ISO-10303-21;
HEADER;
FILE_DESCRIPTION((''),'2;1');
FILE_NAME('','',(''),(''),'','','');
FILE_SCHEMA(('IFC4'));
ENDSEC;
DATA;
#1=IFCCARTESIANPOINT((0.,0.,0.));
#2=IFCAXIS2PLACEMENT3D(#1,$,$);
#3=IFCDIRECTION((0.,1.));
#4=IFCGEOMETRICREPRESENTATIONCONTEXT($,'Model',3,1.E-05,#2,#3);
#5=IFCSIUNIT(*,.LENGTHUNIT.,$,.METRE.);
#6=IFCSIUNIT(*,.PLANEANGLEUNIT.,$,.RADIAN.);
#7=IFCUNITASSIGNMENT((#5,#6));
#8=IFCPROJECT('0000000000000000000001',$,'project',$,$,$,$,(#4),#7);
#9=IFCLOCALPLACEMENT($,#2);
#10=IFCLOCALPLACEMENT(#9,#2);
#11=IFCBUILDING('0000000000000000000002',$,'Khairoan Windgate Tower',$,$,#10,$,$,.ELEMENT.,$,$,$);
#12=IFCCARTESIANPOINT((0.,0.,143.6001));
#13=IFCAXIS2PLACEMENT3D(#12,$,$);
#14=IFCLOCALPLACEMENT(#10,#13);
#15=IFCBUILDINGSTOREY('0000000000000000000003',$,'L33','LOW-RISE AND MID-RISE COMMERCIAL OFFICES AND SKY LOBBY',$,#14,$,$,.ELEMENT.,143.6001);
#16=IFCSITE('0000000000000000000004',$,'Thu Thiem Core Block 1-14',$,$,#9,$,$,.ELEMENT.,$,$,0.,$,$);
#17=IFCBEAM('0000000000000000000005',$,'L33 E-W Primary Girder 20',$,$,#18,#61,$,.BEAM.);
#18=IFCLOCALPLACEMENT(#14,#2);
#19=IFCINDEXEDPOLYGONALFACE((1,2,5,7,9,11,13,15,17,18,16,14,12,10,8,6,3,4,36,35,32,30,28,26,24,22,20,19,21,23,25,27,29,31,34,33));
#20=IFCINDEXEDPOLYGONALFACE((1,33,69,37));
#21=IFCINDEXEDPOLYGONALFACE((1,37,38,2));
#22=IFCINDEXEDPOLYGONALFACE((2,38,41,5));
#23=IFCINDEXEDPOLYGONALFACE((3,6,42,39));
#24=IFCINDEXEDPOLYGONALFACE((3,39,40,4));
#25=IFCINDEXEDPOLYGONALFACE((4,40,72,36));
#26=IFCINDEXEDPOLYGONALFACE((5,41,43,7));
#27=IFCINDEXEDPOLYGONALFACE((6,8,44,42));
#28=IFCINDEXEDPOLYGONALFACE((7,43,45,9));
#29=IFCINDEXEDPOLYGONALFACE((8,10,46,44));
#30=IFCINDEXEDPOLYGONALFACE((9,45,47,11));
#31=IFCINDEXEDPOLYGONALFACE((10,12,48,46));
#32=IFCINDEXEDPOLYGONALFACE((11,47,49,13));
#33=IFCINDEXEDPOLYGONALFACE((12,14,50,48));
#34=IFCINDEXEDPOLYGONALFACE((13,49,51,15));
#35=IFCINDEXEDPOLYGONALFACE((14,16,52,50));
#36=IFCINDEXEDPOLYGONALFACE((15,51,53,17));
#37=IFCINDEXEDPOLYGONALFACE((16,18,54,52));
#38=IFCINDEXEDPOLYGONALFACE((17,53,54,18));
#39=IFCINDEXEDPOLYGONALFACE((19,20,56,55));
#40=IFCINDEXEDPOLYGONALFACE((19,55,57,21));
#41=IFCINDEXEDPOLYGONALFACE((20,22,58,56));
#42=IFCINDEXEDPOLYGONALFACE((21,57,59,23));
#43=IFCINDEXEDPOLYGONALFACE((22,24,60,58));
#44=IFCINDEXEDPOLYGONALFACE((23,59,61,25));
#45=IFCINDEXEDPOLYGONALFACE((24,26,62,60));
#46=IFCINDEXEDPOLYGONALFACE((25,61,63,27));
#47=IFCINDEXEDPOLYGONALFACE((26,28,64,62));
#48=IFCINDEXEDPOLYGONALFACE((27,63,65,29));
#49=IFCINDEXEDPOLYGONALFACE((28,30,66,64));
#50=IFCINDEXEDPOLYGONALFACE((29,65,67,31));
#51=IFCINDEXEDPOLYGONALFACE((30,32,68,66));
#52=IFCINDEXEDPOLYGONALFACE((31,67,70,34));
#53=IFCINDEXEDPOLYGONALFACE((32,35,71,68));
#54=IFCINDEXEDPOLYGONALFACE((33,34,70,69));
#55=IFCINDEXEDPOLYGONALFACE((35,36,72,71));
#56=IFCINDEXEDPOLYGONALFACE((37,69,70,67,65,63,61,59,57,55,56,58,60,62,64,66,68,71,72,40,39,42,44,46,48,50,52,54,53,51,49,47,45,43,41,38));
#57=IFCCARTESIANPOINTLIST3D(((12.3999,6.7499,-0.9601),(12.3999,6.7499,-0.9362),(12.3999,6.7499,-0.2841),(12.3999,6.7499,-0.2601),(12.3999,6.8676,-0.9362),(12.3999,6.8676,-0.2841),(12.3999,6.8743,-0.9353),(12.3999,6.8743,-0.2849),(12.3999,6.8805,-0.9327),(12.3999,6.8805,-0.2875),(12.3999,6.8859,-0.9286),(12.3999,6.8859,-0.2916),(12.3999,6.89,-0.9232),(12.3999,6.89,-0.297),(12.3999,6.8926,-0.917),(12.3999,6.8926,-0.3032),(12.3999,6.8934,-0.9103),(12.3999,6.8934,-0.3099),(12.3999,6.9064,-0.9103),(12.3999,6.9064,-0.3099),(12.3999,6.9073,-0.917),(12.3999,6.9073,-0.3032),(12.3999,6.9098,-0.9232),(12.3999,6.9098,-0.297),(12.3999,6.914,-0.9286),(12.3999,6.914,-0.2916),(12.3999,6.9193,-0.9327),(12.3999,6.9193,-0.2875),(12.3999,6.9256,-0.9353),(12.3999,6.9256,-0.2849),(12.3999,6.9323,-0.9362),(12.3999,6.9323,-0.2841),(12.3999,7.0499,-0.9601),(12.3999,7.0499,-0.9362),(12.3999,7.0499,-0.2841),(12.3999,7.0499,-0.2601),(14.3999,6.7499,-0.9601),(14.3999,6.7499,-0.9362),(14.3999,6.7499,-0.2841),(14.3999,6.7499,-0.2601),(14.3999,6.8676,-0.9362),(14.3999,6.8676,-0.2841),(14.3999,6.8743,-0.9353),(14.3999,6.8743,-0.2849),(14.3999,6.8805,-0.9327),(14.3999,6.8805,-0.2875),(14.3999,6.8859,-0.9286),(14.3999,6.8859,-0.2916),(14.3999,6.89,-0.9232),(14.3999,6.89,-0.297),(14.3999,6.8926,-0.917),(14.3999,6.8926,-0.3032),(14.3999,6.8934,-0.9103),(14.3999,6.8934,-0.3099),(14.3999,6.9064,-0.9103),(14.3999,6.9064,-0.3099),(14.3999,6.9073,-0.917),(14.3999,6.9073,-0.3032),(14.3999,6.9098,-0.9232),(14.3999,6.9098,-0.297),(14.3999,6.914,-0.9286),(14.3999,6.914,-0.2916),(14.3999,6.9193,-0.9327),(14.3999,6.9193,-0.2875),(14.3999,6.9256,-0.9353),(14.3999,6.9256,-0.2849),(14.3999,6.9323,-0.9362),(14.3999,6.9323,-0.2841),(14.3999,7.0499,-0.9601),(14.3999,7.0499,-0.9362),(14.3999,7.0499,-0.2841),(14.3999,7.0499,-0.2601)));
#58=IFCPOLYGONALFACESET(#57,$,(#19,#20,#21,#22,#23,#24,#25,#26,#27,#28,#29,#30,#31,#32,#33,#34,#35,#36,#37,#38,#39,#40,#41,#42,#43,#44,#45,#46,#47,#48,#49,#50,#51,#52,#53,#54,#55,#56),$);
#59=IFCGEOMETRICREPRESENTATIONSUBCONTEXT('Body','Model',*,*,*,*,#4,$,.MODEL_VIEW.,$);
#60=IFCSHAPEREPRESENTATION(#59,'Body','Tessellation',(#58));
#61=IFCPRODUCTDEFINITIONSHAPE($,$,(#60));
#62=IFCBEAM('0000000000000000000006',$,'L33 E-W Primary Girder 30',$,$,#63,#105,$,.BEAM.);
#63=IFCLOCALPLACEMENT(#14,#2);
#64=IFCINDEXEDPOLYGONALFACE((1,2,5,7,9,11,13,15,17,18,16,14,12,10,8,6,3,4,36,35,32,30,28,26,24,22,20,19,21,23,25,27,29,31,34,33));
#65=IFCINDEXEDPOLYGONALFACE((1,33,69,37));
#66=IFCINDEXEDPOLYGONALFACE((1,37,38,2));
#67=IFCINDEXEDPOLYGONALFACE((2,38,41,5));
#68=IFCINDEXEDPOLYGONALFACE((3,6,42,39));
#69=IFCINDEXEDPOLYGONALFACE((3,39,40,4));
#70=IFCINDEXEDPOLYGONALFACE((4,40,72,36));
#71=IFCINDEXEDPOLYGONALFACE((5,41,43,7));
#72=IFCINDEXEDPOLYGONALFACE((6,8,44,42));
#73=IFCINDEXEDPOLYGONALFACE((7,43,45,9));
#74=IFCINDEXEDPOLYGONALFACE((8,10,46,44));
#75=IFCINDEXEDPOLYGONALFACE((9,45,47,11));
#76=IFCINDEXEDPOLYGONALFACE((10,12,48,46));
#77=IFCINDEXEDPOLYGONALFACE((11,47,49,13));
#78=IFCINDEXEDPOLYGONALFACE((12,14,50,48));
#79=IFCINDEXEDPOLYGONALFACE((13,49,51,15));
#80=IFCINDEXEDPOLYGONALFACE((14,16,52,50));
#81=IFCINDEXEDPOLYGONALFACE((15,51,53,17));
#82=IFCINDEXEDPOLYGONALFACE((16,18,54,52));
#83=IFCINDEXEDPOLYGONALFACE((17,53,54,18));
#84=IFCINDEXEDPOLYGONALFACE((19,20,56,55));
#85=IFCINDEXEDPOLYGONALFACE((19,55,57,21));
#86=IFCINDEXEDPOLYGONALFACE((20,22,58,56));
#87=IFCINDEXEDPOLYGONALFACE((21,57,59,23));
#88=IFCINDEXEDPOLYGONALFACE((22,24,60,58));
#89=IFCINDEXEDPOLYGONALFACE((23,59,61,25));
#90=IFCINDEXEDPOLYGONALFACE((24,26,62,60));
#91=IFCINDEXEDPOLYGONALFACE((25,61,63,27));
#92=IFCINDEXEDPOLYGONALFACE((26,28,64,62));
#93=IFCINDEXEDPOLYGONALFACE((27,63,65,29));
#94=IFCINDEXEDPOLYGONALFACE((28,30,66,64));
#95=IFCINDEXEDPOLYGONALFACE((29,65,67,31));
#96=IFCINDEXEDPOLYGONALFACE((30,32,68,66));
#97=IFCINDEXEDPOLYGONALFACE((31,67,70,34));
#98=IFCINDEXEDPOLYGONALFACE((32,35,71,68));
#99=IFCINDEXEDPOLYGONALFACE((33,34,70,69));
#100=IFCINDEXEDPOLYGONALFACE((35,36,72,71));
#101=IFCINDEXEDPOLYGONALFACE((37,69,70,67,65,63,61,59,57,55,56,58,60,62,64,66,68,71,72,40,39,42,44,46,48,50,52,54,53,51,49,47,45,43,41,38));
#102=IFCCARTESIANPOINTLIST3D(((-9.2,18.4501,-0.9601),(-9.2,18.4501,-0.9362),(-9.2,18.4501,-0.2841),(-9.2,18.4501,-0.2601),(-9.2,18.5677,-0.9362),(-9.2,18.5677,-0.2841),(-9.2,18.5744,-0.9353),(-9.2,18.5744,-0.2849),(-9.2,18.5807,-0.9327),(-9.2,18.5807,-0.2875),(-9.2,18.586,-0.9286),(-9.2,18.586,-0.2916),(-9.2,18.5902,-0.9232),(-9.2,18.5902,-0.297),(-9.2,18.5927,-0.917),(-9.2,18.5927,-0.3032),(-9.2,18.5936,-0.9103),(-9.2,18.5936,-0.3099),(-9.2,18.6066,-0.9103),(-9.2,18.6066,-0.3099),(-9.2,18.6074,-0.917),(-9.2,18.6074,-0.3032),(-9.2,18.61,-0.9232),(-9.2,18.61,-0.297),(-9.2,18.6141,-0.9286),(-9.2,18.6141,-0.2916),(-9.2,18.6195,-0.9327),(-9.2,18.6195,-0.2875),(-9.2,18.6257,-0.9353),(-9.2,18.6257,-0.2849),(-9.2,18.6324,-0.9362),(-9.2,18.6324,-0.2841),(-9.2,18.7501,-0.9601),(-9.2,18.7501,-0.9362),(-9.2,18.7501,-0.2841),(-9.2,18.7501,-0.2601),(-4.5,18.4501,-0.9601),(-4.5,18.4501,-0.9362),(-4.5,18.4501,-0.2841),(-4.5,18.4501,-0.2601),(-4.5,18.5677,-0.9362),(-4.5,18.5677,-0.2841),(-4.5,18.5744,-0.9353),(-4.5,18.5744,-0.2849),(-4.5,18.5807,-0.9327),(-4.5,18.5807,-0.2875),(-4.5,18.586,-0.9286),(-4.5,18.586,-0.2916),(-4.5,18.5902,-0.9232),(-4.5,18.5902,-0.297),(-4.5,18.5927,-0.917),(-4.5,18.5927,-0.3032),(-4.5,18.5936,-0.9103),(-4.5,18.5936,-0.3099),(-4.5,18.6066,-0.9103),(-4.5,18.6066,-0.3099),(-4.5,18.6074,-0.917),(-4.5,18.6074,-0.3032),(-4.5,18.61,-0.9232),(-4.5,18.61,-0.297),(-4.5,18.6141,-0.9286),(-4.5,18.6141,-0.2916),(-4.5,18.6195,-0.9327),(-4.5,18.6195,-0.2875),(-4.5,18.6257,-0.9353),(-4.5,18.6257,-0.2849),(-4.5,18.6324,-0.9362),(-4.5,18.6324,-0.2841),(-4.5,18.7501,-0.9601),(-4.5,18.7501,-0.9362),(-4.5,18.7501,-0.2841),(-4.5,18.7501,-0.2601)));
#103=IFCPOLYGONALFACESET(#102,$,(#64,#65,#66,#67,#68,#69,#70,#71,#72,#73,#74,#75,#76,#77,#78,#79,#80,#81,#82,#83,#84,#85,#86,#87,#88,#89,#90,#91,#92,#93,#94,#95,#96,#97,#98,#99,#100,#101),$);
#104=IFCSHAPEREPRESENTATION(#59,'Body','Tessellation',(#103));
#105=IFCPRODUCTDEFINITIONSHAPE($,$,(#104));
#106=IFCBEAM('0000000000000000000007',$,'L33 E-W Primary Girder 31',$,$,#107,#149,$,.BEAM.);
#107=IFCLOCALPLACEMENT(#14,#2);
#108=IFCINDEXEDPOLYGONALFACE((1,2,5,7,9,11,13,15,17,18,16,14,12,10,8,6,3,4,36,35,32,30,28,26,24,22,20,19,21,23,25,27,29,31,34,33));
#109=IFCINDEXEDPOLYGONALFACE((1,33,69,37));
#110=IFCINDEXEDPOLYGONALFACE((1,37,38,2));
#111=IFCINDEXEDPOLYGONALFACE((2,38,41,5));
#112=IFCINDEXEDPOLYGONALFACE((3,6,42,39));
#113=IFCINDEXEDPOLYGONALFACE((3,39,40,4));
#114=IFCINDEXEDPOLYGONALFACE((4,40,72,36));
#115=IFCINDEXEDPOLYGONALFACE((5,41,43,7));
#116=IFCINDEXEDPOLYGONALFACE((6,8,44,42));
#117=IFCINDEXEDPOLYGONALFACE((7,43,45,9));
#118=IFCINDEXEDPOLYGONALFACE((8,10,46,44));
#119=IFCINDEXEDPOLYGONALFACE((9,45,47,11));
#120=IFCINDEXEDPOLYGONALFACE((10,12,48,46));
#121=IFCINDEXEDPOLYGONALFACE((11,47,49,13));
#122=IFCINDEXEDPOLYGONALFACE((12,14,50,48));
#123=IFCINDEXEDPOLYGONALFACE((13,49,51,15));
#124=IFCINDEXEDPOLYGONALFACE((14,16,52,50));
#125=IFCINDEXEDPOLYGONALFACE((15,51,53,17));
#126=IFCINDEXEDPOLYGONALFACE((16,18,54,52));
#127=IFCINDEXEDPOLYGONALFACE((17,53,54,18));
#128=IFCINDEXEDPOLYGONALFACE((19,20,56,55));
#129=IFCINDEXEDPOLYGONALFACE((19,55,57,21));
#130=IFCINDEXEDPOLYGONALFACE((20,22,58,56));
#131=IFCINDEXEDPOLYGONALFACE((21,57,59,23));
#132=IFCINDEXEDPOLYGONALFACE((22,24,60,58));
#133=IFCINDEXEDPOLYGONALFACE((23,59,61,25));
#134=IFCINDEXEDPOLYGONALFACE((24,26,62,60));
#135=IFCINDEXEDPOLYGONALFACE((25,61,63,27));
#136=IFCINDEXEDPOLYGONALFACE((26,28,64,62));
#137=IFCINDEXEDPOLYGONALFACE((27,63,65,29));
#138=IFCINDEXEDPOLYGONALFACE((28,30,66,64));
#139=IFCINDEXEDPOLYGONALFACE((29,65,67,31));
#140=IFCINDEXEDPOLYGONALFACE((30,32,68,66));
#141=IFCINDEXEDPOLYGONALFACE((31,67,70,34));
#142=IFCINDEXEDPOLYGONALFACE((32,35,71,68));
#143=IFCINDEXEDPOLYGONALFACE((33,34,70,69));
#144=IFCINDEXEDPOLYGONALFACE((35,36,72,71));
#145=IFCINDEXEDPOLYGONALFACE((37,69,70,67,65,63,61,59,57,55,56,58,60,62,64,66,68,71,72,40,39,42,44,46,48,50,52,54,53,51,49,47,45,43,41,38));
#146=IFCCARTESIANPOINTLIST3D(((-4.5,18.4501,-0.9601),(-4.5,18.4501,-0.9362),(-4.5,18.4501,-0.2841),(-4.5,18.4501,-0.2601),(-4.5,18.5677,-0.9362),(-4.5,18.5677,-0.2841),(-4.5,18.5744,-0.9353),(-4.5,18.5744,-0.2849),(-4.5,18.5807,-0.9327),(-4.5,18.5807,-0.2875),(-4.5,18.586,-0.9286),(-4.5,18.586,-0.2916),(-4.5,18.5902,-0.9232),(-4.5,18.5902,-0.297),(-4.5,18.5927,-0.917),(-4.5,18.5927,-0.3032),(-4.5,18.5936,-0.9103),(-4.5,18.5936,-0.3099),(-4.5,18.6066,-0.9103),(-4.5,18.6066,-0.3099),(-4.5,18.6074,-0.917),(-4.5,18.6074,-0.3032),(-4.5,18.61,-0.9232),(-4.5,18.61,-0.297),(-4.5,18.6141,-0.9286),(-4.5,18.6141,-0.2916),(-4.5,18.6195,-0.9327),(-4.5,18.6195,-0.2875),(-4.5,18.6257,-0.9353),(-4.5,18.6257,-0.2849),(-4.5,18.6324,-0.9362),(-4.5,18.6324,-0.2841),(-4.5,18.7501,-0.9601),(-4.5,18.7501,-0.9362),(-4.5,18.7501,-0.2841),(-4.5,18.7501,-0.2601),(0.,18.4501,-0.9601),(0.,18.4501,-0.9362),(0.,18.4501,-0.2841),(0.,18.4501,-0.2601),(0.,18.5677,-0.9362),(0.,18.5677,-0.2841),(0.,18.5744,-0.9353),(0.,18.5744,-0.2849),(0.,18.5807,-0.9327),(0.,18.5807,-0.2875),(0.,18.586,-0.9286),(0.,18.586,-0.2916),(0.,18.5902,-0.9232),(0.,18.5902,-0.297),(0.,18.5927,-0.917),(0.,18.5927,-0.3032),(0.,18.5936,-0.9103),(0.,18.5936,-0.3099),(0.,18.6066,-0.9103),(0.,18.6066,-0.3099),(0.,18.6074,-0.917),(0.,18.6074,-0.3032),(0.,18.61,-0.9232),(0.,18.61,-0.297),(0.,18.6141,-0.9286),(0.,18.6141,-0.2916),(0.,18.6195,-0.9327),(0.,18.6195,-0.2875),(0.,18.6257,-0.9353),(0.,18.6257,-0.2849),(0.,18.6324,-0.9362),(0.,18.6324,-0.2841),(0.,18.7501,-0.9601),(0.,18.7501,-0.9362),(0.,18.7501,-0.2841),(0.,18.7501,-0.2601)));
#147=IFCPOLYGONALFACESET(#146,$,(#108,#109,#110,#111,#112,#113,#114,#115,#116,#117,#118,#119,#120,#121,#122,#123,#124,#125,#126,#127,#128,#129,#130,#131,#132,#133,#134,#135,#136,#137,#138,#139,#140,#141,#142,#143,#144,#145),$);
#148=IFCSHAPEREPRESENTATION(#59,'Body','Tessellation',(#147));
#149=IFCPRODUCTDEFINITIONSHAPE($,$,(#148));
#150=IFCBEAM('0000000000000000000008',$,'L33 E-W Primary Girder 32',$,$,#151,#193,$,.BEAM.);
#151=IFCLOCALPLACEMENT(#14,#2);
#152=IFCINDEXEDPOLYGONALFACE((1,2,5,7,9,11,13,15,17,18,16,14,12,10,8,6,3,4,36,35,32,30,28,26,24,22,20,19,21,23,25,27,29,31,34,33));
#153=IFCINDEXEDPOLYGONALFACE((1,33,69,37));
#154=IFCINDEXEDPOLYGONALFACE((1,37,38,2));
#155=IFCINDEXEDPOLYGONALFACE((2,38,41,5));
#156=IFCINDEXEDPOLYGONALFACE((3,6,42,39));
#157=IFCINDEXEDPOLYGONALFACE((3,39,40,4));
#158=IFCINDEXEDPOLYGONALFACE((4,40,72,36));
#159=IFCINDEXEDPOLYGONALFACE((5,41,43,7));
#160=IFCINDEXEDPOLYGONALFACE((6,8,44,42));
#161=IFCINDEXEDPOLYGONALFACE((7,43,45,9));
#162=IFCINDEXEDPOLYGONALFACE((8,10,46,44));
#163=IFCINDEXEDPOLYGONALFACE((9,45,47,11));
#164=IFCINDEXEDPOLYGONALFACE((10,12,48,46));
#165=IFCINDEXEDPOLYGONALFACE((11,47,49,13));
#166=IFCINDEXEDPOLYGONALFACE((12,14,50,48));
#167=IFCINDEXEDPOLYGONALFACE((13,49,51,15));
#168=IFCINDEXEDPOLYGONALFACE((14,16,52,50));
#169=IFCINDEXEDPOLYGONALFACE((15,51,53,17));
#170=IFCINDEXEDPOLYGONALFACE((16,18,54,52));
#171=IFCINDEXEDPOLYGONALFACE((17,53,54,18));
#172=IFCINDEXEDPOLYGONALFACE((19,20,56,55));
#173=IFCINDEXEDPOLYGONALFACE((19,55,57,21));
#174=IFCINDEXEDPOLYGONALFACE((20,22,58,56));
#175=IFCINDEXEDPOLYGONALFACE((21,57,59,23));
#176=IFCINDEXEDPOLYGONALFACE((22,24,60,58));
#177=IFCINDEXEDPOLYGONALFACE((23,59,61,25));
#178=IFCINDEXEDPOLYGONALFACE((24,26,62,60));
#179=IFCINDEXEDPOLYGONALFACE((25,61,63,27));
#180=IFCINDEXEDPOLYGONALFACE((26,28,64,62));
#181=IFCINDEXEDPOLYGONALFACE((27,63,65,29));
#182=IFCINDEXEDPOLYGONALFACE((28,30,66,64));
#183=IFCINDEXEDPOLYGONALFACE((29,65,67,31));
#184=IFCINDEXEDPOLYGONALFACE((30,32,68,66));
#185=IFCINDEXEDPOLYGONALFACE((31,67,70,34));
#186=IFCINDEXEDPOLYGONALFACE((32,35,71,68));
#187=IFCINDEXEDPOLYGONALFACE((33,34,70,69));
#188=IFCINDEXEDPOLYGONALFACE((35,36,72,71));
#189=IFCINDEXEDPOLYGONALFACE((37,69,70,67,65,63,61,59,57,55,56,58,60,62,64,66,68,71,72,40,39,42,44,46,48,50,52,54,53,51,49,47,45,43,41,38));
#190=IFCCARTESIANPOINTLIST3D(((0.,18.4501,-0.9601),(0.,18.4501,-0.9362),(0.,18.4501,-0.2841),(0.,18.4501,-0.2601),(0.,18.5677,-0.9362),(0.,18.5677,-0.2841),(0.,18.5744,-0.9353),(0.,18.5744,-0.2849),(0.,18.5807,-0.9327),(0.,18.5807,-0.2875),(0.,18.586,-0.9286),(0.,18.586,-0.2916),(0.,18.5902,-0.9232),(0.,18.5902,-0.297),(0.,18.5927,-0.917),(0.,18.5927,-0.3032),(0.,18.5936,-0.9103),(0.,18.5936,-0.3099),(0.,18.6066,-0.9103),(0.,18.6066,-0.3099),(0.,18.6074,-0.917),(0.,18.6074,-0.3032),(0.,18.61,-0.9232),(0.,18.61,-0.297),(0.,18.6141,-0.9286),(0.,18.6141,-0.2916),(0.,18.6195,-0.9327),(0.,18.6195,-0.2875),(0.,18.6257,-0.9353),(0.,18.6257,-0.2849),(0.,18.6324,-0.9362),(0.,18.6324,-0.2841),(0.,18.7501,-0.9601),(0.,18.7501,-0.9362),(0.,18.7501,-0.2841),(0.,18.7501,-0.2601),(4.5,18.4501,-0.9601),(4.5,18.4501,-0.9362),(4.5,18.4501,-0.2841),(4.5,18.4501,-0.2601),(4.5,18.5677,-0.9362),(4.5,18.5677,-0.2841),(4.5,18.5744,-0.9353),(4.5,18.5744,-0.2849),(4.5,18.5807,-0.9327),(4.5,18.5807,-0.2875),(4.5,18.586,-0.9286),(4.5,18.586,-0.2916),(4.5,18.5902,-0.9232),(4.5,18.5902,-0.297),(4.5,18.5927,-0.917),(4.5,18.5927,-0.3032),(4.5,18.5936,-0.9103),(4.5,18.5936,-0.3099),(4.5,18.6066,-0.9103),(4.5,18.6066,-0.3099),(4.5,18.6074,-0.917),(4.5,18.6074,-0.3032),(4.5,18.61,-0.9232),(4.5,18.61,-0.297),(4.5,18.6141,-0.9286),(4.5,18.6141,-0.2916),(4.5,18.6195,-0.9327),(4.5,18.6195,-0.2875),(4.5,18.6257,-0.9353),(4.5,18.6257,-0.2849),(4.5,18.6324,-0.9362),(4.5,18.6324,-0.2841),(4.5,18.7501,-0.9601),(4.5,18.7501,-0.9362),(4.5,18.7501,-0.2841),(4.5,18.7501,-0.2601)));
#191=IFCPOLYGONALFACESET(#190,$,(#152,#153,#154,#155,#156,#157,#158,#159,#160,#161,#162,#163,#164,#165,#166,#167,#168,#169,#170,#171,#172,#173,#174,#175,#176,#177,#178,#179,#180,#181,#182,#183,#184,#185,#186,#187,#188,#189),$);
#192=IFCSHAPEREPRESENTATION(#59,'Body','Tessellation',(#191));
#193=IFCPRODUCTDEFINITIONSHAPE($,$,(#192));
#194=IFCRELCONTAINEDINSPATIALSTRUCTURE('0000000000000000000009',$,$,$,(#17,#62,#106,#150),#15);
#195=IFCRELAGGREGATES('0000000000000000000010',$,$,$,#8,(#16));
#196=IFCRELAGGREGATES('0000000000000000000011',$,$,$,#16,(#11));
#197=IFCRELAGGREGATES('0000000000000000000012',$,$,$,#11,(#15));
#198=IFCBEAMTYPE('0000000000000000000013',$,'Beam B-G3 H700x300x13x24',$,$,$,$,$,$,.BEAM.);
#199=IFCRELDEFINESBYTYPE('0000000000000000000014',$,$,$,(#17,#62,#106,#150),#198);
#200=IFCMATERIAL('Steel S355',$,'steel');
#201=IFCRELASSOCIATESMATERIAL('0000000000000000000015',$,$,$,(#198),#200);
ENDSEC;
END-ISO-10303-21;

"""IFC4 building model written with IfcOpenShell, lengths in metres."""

from ifc_helpers import new_model, si_unit, direction, frame, origin, origin_2d, place, context, subcontext, project, spatial, i_section, extrude, material, material_profile, profile_set, type_object, element, save


model = new_model("IFC4")

# Units and contexts
model_context = context("Model", 3, precision=1e-05, world=origin(), true_north=direction((0.0, 1.0)))
body_context = subcontext(model_context, "Body", "Model", "MODEL_VIEW")
ifc_project = project(units=[si_unit("LENGTHUNIT", "METRE"), si_unit("PLANEANGLEUNIT", "RADIAN")], contexts=[model_context])

# Site, building, storey
site_placement = place(None, origin())
site = spatial("IfcSite", under=ifc_project, at=site_placement, Name="Thu Thiem Core Block 1-14", CompositionType="ELEMENT", RefElevation=0.0)
building_placement = place(site_placement, origin())
building = spatial("IfcBuilding", under=site, at=building_placement, Name="Khairoan Windgate Tower", CompositionType="ELEMENT")
storey_placement = place(building_placement, frame((0.0, 0.0, 143.6001)))
storey = spatial("IfcBuildingStorey", under=building, at=storey_placement, Name="L33", Description="LOW-RISE AND MID-RISE COMMERCIAL OFFICES AND SKY LOBBY", CompositionType="ELEMENT", Elevation=143.6001)

# Beams
ifc_material_1 = material(Name="Steel S355", Category="steel")
ifc_material_profile_1 = material_profile(ifc_material_1, i_section(OverallWidth=0.3, OverallDepth=0.7, WebThickness=0.0129, FlangeThickness=0.0239, FilletRadius=0.0259, at=origin_2d()))
ifc_profile_set_1 = profile_set([ifc_material_profile_1], Name="Steel S355")
beam_type_1 = type_object("IfcBeamType", Name="Beam B-G3 H700x300x13x24", PredefinedType="BEAM", material=ifc_profile_set_1)
beam_1_placement = place(storey_placement, frame((12.3999, 6.8999, -0.6101), z_axis=(1.0, 0.0, 0.0), x_axis=(0.0, 1.0, 0.0)))
element("IfcBeam", 1, at=beam_1_placement, inside=storey, type_object=beam_type_1, Name="L33 E-W Primary Girder 20", PredefinedType="BEAM", context=body_context, shape_type="SweptSolid", body=[
    extrude(i_section(OverallWidth=0.3, OverallDepth=0.7, WebThickness=0.0129, FlangeThickness=0.0239, FilletRadius=0.0259, at=origin_2d()), origin(), (0.0, 0.0, 1.0), 2.0),
])
beam_2_placement = place(storey_placement, frame((-9.2, 18.6001, -0.6101), z_axis=(1.0, 0.0, 0.0), x_axis=(0.0, 1.0, 0.0)))
element("IfcBeam", 2, at=beam_2_placement, inside=storey, type_object=beam_type_1, Name="L33 E-W Primary Girder 30", PredefinedType="BEAM", context=body_context, shape_type="SweptSolid", body=[
    extrude(i_section(OverallWidth=0.3, OverallDepth=0.7, WebThickness=0.0129, FlangeThickness=0.0239, FilletRadius=0.0259, at=origin_2d()), origin(), (0.0, 0.0, 1.0), 4.7),
])
for number, where, z_axis, x_axis, name in (
    (3, (-4.5, 18.6001, -0.6101), (1.0, 0.0, 0.0), (0.0, 1.0, 0.0), "L33 E-W Primary Girder 31"),
    (4, (0.0, 18.6001, -0.6101), (1.0, 0.0, 0.0), (0.0, 1.0, 0.0), "L33 E-W Primary Girder 32"),
):
    element("IfcBeam", number, at=place(storey_placement, frame(where, z_axis=z_axis, x_axis=x_axis)), inside=storey, type_object=beam_type_1, Name=name, PredefinedType="BEAM", context=body_context, shape_type="SweptSolid", body=[
        extrude(i_section(OverallWidth=0.3, OverallDepth=0.7, WebThickness=0.0129, FlangeThickness=0.0239, FilletRadius=0.0259, at=origin_2d()), origin(), (0.0, 0.0, 1.0), 4.5),
    ])

save(model, "model.ifc")
